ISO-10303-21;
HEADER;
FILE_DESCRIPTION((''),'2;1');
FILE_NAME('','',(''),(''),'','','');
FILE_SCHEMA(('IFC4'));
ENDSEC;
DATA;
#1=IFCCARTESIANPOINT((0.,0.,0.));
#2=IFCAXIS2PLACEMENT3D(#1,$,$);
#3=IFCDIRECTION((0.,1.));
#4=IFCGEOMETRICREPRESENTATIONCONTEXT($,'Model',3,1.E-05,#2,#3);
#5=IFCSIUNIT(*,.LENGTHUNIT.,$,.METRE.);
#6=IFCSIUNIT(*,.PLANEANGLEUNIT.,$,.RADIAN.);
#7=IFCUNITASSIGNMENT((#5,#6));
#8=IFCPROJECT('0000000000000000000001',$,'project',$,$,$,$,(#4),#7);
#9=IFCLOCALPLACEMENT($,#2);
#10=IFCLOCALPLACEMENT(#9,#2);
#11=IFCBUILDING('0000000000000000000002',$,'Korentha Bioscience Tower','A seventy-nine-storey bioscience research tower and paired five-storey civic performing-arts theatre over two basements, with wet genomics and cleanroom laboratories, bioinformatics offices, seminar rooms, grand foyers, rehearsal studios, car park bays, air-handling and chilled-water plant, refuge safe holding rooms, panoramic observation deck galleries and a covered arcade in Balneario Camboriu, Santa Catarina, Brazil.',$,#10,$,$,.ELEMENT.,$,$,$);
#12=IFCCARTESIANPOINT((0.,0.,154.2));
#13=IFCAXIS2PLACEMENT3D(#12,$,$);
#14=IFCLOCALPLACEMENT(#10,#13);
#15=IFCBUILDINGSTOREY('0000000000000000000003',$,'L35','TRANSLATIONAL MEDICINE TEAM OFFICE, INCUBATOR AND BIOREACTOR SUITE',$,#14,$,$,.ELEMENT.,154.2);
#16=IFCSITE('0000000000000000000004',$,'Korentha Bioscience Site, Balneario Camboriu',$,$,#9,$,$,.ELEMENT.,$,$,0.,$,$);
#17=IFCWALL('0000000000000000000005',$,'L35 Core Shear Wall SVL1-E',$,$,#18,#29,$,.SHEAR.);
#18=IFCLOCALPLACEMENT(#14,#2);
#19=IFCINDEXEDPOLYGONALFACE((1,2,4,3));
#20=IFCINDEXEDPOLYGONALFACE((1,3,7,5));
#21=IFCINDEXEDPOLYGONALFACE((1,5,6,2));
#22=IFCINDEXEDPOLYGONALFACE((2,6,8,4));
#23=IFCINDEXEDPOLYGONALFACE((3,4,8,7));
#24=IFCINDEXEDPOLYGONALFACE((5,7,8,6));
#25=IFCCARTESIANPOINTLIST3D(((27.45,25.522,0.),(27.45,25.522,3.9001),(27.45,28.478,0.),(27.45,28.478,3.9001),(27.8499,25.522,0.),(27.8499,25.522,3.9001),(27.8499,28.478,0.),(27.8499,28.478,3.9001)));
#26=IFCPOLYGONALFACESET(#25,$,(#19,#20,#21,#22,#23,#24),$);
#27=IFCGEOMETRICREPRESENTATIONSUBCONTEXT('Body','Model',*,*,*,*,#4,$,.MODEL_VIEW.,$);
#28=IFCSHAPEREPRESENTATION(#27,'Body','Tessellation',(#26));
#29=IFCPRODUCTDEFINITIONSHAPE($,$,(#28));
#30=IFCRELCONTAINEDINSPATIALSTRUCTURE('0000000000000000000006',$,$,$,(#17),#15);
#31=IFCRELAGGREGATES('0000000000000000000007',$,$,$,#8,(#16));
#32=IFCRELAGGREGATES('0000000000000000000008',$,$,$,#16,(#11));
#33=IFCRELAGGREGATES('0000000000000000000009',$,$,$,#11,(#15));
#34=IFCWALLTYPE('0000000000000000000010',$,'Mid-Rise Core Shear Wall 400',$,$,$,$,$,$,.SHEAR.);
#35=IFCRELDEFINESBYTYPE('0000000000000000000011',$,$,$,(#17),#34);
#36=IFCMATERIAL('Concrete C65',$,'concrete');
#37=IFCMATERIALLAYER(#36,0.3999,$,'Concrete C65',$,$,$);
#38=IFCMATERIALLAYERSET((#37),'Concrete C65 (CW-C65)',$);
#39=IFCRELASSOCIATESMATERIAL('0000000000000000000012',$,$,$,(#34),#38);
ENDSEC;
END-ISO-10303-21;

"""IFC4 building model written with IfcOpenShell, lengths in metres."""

from ifc_helpers import new_model, si_unit, direction, frame, frame_2d, origin, place, context, subcontext, project, spatial, rectangle, extrude, material, layer, layer_set, type_object, element, save


model = new_model("IFC4")

# Units and contexts
model_context = context("Model", 3, precision=1e-05, world=origin(), true_north=direction((0.0, 1.0)))
body_context = subcontext(model_context, "Body", "Model", "MODEL_VIEW")
ifc_project = project(units=[si_unit("LENGTHUNIT", "METRE"), si_unit("PLANEANGLEUNIT", "RADIAN")], contexts=[model_context])

# Site, building, storey
site_placement = place(None, origin())
site = spatial("IfcSite", under=ifc_project, at=site_placement, Name="Korentha Bioscience Site, Balneario Camboriu", CompositionType="ELEMENT", RefElevation=0.0)
building_placement = place(site_placement, origin())
building = spatial("IfcBuilding", under=site, at=building_placement, Name="Korentha Bioscience Tower", Description="A seventy-nine-storey bioscience research tower and paired five-storey civic performing-arts theatre over two basements, with wet genomics and cleanroom laboratories, bioinformatics offices, seminar rooms, grand foyers, rehearsal studios, car park bays, air-handling and chilled-water plant, refuge safe holding rooms, panoramic observation deck galleries and a covered arcade in Balneario Camboriu, Santa Catarina, Brazil.", CompositionType="ELEMENT")
storey_placement = place(building_placement, frame((0.0, 0.0, 154.2)))
storey = spatial("IfcBuildingStorey", under=building, at=storey_placement, Name="L35", Description="TRANSLATIONAL MEDICINE TEAM OFFICE, INCUBATOR AND BIOREACTOR SUITE", CompositionType="ELEMENT", Elevation=154.2)

# Shared definitions
ifc_material_1 = material(Name="Concrete C65", Category="concrete")

# Shared definitions
ifc_layer_1 = layer(ifc_material_1, 0.3999, Name="Concrete C65")
ifc_layer_set_1 = layer_set([ifc_layer_1], Name="Concrete C65 (CW-C65)")
wall_type_1 = type_object("IfcWallType", Name="Mid-Rise Core Shear Wall 400", PredefinedType="SHEAR", material=ifc_layer_set_1)

# Wall
wall_1_placement = place(storey_placement, frame((27.6499, 25.522, 0.0), z_axis=(0.0, 0.0, 1.0), x_axis=(0.0, 1.0, 0.0)))
element("IfcWall", 1, at=wall_1_placement, inside=storey, type_object=wall_type_1, Name="L35 Core Shear Wall SVL1-E", PredefinedType="SHEAR", context=body_context, shape_type="SweptSolid", body=[
    extrude(rectangle(XDim=2.9561, YDim=0.3999, at=frame_2d((1.478, 0.0))), origin(), (0.0, 0.0, 1.0), 3.9001),
])

save(model, "model.ifc")
